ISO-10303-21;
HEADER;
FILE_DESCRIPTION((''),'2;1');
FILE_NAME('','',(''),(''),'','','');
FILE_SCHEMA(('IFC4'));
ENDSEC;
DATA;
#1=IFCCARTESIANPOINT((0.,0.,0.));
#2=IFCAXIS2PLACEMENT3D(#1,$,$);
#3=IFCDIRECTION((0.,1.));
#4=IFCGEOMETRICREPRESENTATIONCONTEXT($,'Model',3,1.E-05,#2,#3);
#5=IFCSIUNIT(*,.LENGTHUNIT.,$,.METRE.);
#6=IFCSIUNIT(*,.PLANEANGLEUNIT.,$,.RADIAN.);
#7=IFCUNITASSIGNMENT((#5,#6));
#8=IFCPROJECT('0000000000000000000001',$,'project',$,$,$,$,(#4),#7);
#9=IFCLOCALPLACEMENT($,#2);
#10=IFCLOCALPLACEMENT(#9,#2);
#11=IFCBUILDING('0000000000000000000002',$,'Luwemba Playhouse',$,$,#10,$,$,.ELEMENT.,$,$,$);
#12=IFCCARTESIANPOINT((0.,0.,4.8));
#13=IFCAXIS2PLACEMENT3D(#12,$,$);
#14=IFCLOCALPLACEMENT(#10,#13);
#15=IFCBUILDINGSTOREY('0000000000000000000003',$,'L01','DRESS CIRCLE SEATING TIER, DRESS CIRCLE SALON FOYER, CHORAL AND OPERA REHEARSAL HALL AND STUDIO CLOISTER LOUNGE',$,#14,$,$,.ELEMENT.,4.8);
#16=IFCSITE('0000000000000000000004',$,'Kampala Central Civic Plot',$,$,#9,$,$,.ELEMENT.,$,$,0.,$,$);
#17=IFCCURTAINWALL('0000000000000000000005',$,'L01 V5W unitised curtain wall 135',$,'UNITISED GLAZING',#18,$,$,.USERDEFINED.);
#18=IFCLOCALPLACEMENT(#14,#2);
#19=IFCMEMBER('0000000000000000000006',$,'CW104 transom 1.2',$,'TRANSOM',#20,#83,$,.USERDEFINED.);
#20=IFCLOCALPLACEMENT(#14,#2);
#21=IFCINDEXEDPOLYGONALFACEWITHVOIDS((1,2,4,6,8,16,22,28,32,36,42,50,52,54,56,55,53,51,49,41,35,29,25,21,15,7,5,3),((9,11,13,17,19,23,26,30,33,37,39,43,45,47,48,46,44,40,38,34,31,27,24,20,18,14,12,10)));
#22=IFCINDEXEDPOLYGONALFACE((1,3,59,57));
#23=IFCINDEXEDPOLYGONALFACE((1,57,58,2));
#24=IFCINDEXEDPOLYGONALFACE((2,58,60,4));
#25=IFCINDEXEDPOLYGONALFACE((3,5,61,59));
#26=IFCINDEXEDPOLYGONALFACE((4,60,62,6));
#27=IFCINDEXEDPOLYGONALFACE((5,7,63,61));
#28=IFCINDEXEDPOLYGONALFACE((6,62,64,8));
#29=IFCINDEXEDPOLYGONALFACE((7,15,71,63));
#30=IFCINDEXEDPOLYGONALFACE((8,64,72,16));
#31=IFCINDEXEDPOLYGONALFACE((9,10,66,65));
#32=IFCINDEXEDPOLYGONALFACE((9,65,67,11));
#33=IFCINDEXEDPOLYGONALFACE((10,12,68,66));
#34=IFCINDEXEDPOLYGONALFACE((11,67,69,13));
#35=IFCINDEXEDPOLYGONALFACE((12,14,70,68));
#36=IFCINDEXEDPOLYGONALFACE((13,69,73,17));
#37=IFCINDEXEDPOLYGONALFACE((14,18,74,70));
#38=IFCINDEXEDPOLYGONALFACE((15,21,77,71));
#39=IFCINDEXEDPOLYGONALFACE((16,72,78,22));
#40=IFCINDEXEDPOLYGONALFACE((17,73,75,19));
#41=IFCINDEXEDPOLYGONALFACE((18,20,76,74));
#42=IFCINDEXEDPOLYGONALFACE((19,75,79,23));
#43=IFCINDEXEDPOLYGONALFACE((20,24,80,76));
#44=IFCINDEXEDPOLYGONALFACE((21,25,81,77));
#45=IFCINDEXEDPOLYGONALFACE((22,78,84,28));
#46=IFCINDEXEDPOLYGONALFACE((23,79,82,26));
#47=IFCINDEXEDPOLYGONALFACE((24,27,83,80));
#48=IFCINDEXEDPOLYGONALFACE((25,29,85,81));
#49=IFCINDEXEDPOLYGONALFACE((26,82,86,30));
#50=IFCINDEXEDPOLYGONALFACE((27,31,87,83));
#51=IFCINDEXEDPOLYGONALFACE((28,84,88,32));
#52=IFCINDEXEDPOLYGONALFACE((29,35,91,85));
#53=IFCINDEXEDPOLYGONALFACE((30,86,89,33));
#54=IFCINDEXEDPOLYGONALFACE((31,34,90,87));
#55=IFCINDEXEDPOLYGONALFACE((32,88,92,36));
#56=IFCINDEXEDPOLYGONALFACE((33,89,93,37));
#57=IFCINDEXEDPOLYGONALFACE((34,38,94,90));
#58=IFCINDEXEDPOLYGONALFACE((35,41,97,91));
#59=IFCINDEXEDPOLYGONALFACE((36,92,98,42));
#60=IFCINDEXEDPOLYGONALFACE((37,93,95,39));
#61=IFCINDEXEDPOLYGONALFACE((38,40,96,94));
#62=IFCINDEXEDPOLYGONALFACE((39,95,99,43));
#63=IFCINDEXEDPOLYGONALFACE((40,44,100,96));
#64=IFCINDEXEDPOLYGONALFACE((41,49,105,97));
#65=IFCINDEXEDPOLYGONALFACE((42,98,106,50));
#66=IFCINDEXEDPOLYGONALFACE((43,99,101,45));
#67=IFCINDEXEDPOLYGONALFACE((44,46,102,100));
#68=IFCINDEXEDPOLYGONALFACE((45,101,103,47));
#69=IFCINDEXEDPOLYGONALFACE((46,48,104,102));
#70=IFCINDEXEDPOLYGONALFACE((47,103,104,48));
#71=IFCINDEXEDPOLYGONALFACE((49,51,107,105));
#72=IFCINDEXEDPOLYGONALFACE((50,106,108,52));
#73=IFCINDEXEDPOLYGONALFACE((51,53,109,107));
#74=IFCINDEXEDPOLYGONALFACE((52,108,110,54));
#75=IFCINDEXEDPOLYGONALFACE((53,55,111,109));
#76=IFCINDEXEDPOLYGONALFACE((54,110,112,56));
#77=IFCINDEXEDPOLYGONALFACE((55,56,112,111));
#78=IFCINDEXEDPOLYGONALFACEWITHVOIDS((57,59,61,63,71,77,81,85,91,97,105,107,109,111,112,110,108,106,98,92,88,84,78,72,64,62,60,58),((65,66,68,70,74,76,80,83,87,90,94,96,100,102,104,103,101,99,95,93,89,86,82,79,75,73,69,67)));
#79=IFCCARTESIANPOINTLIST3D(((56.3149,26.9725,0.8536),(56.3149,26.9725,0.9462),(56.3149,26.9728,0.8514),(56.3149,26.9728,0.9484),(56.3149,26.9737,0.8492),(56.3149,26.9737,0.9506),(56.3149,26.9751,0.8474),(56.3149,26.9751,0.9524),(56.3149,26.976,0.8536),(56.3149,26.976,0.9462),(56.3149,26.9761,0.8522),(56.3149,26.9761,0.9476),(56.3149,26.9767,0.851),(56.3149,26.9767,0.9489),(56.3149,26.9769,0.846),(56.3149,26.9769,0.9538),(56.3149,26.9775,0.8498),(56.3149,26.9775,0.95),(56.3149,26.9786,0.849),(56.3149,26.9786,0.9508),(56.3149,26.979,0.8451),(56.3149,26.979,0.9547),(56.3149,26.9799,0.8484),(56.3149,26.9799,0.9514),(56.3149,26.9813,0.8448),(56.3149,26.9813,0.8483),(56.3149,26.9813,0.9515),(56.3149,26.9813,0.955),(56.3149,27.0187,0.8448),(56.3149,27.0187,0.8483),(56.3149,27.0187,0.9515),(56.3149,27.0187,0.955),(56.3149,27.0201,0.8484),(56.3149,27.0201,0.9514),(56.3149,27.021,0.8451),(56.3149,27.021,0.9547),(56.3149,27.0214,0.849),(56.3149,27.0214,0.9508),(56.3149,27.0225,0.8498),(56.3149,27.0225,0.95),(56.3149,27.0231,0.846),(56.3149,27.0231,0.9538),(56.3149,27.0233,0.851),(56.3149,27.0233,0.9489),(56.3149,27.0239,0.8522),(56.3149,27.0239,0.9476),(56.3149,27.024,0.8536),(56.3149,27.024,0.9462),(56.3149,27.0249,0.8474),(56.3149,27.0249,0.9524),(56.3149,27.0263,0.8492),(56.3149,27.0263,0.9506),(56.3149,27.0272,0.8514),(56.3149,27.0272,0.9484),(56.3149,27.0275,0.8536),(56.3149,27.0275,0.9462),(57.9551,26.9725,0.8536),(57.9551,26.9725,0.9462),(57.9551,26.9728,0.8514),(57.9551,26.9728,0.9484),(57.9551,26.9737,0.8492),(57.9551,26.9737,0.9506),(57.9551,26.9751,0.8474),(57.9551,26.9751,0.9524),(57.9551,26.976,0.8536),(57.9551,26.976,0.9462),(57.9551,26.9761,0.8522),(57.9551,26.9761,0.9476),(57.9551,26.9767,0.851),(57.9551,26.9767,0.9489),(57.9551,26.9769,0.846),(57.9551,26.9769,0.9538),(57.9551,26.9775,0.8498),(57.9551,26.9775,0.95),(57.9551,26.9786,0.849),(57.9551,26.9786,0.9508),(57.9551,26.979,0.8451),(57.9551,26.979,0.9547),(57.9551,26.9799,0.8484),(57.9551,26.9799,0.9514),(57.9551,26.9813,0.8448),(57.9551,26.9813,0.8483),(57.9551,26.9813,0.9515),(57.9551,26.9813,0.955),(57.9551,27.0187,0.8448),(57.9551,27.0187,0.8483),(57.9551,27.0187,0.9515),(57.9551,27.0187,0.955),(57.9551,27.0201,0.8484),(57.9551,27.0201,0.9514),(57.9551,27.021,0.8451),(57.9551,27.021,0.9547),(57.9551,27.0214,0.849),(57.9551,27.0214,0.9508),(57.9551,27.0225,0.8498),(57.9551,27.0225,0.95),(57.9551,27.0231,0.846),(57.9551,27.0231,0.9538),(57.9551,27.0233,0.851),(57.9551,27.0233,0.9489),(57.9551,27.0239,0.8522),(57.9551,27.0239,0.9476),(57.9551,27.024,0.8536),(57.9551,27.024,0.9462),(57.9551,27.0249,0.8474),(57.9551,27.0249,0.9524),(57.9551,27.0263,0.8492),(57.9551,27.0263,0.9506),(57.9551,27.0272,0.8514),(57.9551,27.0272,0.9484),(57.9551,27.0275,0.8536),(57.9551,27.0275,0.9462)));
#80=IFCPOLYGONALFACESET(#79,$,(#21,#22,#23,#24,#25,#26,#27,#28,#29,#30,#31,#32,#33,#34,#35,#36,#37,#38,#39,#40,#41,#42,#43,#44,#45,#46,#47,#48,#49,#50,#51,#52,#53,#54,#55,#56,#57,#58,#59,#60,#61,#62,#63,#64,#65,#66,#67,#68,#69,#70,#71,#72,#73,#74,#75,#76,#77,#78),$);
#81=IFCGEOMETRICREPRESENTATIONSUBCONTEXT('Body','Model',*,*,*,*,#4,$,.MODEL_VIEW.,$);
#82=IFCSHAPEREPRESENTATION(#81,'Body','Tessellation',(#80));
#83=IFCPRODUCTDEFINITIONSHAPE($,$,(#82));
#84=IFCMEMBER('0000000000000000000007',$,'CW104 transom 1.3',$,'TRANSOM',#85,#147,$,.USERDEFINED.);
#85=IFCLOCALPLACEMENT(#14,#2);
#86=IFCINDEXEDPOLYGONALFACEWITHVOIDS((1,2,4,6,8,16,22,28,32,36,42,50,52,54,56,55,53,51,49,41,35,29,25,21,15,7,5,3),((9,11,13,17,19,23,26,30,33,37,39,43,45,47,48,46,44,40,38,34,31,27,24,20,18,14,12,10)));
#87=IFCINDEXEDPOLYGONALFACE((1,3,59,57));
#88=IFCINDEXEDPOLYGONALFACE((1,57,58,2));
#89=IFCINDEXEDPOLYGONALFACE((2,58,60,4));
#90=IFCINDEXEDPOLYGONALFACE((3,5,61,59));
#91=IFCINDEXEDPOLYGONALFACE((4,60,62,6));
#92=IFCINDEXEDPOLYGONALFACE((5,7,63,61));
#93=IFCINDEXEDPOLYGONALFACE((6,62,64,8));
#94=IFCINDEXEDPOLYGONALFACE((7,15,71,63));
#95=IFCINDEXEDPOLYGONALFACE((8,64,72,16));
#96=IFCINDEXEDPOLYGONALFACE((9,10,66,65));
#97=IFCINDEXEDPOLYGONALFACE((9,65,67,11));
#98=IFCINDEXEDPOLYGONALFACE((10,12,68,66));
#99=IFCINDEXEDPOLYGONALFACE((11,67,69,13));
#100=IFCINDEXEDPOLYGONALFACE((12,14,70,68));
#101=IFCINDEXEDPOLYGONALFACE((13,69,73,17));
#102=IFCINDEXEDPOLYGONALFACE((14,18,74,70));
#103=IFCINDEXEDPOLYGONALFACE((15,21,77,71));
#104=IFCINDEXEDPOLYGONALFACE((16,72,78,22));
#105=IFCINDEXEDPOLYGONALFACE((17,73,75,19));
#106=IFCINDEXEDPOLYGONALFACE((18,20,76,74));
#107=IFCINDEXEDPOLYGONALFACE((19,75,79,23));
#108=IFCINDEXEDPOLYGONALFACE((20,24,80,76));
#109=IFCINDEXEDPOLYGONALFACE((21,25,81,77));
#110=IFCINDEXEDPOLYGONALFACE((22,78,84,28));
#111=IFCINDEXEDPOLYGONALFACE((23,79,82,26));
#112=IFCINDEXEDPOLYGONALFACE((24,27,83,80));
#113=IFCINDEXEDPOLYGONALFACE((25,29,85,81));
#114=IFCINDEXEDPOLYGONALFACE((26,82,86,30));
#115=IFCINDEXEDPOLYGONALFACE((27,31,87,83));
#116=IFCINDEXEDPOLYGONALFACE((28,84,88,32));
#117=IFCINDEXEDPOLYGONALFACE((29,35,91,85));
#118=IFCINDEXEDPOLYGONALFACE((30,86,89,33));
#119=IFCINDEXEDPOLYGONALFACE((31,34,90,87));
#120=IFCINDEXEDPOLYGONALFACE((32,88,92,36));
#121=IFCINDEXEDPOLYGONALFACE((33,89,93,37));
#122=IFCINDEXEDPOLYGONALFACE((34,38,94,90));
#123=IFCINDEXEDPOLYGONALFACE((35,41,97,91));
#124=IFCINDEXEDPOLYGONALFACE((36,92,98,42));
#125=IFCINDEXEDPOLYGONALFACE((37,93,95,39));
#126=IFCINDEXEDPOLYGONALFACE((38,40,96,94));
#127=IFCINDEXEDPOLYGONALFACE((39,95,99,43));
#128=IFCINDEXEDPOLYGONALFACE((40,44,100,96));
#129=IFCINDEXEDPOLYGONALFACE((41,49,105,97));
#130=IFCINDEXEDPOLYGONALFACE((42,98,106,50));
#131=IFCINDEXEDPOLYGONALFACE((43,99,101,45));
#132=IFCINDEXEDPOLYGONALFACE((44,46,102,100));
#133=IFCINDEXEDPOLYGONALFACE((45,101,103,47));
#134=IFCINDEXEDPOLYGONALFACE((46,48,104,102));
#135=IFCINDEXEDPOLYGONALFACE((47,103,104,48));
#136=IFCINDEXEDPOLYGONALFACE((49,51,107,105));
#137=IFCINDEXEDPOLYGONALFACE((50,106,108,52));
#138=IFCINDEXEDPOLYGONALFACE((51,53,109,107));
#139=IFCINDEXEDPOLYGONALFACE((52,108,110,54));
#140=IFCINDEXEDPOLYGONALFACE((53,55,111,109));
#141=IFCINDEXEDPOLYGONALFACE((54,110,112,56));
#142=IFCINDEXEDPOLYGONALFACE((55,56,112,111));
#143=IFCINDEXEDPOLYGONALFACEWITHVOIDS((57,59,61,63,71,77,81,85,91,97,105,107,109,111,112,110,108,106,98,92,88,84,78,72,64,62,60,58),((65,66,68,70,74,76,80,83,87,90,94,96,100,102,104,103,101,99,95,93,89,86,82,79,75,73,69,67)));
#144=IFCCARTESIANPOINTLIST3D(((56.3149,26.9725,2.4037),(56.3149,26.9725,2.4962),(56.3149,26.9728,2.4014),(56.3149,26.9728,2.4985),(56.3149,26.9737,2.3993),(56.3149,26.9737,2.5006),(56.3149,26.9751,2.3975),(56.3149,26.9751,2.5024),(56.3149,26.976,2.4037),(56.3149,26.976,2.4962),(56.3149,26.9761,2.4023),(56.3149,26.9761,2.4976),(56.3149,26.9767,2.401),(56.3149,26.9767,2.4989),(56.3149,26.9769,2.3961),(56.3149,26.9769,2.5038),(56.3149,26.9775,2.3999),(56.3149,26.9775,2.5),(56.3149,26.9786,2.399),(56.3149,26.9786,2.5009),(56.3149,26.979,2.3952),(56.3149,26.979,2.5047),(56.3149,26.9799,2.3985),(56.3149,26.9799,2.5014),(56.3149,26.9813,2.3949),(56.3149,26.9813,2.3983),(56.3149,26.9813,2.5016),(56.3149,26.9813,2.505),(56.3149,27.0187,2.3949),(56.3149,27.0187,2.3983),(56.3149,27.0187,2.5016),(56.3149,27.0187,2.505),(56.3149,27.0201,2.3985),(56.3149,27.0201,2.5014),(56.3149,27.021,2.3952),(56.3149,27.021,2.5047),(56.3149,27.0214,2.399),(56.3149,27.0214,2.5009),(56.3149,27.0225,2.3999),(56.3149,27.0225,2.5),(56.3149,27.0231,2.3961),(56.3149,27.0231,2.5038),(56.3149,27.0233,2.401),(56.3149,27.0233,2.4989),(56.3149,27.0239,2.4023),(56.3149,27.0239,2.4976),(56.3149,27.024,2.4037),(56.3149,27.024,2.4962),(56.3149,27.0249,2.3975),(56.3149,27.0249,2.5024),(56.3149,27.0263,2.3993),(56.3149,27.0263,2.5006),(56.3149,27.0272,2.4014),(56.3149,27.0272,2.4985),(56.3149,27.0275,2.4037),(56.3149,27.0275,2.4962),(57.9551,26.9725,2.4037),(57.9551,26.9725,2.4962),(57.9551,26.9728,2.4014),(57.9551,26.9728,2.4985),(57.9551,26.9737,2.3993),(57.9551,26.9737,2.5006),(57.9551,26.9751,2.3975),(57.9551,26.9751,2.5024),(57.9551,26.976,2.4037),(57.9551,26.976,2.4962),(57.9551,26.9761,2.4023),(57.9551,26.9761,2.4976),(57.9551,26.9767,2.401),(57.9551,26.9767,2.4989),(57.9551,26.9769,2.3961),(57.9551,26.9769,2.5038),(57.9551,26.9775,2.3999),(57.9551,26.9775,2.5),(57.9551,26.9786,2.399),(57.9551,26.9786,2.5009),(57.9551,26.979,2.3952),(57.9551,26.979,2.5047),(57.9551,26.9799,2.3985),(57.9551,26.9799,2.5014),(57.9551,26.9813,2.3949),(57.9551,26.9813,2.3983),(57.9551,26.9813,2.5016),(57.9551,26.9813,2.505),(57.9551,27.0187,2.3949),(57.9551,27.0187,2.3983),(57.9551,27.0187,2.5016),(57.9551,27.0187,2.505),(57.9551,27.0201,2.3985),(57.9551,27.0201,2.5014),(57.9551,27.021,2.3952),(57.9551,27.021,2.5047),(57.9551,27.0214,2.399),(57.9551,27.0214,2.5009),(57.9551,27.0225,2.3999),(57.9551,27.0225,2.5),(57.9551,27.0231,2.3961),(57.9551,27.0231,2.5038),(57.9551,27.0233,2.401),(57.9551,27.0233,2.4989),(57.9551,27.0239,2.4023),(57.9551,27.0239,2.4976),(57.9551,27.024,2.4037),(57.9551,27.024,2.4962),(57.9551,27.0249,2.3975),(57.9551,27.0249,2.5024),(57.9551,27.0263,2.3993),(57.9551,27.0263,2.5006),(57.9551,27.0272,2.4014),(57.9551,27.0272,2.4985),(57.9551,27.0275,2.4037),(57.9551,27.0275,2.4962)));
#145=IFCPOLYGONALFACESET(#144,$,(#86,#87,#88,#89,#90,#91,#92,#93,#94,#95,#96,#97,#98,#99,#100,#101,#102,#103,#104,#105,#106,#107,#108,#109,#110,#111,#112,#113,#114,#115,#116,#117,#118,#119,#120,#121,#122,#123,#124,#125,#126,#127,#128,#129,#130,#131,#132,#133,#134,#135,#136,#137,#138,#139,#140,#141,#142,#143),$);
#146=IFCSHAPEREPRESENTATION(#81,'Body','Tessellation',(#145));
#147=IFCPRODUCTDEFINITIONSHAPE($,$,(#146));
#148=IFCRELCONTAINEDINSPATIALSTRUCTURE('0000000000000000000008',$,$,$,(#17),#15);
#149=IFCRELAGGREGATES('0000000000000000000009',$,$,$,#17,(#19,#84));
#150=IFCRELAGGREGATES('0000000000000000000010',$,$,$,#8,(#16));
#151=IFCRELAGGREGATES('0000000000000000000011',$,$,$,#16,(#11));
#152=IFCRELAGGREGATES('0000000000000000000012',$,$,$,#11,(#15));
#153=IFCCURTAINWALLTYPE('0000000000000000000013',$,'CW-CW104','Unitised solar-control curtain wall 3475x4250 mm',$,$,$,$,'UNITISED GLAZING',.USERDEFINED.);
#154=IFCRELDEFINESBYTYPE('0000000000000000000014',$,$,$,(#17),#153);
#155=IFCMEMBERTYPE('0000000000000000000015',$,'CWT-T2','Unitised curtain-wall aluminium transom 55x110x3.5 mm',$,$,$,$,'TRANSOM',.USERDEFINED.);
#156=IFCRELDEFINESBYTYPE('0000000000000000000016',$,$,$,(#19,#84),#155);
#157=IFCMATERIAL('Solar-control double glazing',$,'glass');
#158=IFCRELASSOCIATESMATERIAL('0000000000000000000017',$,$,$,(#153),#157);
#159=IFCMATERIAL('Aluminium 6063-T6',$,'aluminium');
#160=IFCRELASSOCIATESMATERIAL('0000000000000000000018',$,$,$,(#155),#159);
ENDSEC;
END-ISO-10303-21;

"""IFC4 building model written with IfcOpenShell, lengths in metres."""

from ifc_helpers import new_model, si_unit, direction, frame, origin, origin_2d, place, context, subcontext, project, spatial, hollow_rectangle, extrude, material, material_profile, profile_set, type_object, element, aggregate, save


model = new_model("IFC4")

# Units and contexts
model_context = context("Model", 3, precision=1e-05, world=origin(), true_north=direction((0.0, 1.0)))
body_context = subcontext(model_context, "Body", "Model", "MODEL_VIEW")
ifc_project = project(units=[si_unit("LENGTHUNIT", "METRE"), si_unit("PLANEANGLEUNIT", "RADIAN")], contexts=[model_context])

# Site, building, storey
site_placement = place(None, origin())
site = spatial("IfcSite", under=ifc_project, at=site_placement, Name="Kampala Central Civic Plot", CompositionType="ELEMENT", RefElevation=0.0)
building_placement = place(site_placement, origin())
building = spatial("IfcBuilding", under=site, at=building_placement, Name="Luwemba Playhouse", CompositionType="ELEMENT")
storey_placement = place(building_placement, frame((0.0, 0.0, 4.8)))
storey = spatial("IfcBuildingStorey", under=building, at=storey_placement, Name="L01", Description="DRESS CIRCLE SEATING TIER, DRESS CIRCLE SALON FOYER, CHORAL AND OPERA REHEARSAL HALL AND STUDIO CLOISTER LOUNGE", CompositionType="ELEMENT", Elevation=4.8)

# Curtain wall
ifc_material_1 = material(Name="Solar-control double glazing", Category="glass")
ifc_material_2 = material(Name="Aluminium 6063-T6", Category="aluminium")
curtain_wall_type_1 = type_object("IfcCurtainWallType", Name="CW-CW104", Description="Unitised solar-control curtain wall 3475x4250 mm", ElementType="UNITISED GLAZING", PredefinedType="USERDEFINED", material=ifc_material_1)
curtain_wall_1_placement = place(storey_placement, origin())
curtain_wall_1 = element("IfcCurtainWall", 1, at=curtain_wall_1_placement, inside=storey, type_object=curtain_wall_type_1, Name="L01 V5W unitised curtain wall 135", ObjectType="UNITISED GLAZING", PredefinedType="USERDEFINED")

# Members
ifc_material_profile_1 = material_profile(ifc_material_2, hollow_rectangle(XDim=0.0549, YDim=0.1101, WallThickness=0.0034, InnerFilletRadius=0.0054, OuterFilletRadius=0.0088, at=origin_2d()))
ifc_profile_set_1 = profile_set([ifc_material_profile_1], Name="Aluminium 6063-T6")
member_type_1 = type_object("IfcMemberType", Name="CWT-T2", Description="Unitised curtain-wall aluminium transom 55x110x3.5 mm", ElementType="TRANSOM", PredefinedType="USERDEFINED", material=ifc_profile_set_1)
member_1_placement = place(storey_placement, frame((56.3149, 27.0, 0.8999), z_axis=(1.0, 0.0, 0.0), x_axis=(0.0, 1.0, 0.0)))
member_1 = element("IfcMember", 2, at=member_1_placement, type_object=member_type_1, Name="CW104 transom 1.2", ObjectType="TRANSOM", PredefinedType="USERDEFINED", context=body_context, shape_type="SweptSolid", body=[
    extrude(hollow_rectangle(XDim=0.0549, YDim=0.1101, WallThickness=0.0034, InnerFilletRadius=0.0054, OuterFilletRadius=0.0088, at=origin_2d()), origin(), (0.0, 0.0, 1.0), 1.6401),
])
member_2_placement = place(storey_placement, frame((56.3149, 27.0, 2.45), z_axis=(1.0, 0.0, 0.0), x_axis=(0.0, 1.0, 0.0)))
member_2 = element("IfcMember", 3, at=member_2_placement, type_object=member_type_1, Name="CW104 transom 1.3", ObjectType="TRANSOM", PredefinedType="USERDEFINED", context=body_context, shape_type="SweptSolid", body=[
    extrude(hollow_rectangle(XDim=0.0549, YDim=0.1101, WallThickness=0.0034, InnerFilletRadius=0.0054, OuterFilletRadius=0.0088, at=origin_2d()), origin(), (0.0, 0.0, 1.0), 1.6401),
])

aggregate(curtain_wall_1, [member_1, member_2])

save(model, "model.ifc")
